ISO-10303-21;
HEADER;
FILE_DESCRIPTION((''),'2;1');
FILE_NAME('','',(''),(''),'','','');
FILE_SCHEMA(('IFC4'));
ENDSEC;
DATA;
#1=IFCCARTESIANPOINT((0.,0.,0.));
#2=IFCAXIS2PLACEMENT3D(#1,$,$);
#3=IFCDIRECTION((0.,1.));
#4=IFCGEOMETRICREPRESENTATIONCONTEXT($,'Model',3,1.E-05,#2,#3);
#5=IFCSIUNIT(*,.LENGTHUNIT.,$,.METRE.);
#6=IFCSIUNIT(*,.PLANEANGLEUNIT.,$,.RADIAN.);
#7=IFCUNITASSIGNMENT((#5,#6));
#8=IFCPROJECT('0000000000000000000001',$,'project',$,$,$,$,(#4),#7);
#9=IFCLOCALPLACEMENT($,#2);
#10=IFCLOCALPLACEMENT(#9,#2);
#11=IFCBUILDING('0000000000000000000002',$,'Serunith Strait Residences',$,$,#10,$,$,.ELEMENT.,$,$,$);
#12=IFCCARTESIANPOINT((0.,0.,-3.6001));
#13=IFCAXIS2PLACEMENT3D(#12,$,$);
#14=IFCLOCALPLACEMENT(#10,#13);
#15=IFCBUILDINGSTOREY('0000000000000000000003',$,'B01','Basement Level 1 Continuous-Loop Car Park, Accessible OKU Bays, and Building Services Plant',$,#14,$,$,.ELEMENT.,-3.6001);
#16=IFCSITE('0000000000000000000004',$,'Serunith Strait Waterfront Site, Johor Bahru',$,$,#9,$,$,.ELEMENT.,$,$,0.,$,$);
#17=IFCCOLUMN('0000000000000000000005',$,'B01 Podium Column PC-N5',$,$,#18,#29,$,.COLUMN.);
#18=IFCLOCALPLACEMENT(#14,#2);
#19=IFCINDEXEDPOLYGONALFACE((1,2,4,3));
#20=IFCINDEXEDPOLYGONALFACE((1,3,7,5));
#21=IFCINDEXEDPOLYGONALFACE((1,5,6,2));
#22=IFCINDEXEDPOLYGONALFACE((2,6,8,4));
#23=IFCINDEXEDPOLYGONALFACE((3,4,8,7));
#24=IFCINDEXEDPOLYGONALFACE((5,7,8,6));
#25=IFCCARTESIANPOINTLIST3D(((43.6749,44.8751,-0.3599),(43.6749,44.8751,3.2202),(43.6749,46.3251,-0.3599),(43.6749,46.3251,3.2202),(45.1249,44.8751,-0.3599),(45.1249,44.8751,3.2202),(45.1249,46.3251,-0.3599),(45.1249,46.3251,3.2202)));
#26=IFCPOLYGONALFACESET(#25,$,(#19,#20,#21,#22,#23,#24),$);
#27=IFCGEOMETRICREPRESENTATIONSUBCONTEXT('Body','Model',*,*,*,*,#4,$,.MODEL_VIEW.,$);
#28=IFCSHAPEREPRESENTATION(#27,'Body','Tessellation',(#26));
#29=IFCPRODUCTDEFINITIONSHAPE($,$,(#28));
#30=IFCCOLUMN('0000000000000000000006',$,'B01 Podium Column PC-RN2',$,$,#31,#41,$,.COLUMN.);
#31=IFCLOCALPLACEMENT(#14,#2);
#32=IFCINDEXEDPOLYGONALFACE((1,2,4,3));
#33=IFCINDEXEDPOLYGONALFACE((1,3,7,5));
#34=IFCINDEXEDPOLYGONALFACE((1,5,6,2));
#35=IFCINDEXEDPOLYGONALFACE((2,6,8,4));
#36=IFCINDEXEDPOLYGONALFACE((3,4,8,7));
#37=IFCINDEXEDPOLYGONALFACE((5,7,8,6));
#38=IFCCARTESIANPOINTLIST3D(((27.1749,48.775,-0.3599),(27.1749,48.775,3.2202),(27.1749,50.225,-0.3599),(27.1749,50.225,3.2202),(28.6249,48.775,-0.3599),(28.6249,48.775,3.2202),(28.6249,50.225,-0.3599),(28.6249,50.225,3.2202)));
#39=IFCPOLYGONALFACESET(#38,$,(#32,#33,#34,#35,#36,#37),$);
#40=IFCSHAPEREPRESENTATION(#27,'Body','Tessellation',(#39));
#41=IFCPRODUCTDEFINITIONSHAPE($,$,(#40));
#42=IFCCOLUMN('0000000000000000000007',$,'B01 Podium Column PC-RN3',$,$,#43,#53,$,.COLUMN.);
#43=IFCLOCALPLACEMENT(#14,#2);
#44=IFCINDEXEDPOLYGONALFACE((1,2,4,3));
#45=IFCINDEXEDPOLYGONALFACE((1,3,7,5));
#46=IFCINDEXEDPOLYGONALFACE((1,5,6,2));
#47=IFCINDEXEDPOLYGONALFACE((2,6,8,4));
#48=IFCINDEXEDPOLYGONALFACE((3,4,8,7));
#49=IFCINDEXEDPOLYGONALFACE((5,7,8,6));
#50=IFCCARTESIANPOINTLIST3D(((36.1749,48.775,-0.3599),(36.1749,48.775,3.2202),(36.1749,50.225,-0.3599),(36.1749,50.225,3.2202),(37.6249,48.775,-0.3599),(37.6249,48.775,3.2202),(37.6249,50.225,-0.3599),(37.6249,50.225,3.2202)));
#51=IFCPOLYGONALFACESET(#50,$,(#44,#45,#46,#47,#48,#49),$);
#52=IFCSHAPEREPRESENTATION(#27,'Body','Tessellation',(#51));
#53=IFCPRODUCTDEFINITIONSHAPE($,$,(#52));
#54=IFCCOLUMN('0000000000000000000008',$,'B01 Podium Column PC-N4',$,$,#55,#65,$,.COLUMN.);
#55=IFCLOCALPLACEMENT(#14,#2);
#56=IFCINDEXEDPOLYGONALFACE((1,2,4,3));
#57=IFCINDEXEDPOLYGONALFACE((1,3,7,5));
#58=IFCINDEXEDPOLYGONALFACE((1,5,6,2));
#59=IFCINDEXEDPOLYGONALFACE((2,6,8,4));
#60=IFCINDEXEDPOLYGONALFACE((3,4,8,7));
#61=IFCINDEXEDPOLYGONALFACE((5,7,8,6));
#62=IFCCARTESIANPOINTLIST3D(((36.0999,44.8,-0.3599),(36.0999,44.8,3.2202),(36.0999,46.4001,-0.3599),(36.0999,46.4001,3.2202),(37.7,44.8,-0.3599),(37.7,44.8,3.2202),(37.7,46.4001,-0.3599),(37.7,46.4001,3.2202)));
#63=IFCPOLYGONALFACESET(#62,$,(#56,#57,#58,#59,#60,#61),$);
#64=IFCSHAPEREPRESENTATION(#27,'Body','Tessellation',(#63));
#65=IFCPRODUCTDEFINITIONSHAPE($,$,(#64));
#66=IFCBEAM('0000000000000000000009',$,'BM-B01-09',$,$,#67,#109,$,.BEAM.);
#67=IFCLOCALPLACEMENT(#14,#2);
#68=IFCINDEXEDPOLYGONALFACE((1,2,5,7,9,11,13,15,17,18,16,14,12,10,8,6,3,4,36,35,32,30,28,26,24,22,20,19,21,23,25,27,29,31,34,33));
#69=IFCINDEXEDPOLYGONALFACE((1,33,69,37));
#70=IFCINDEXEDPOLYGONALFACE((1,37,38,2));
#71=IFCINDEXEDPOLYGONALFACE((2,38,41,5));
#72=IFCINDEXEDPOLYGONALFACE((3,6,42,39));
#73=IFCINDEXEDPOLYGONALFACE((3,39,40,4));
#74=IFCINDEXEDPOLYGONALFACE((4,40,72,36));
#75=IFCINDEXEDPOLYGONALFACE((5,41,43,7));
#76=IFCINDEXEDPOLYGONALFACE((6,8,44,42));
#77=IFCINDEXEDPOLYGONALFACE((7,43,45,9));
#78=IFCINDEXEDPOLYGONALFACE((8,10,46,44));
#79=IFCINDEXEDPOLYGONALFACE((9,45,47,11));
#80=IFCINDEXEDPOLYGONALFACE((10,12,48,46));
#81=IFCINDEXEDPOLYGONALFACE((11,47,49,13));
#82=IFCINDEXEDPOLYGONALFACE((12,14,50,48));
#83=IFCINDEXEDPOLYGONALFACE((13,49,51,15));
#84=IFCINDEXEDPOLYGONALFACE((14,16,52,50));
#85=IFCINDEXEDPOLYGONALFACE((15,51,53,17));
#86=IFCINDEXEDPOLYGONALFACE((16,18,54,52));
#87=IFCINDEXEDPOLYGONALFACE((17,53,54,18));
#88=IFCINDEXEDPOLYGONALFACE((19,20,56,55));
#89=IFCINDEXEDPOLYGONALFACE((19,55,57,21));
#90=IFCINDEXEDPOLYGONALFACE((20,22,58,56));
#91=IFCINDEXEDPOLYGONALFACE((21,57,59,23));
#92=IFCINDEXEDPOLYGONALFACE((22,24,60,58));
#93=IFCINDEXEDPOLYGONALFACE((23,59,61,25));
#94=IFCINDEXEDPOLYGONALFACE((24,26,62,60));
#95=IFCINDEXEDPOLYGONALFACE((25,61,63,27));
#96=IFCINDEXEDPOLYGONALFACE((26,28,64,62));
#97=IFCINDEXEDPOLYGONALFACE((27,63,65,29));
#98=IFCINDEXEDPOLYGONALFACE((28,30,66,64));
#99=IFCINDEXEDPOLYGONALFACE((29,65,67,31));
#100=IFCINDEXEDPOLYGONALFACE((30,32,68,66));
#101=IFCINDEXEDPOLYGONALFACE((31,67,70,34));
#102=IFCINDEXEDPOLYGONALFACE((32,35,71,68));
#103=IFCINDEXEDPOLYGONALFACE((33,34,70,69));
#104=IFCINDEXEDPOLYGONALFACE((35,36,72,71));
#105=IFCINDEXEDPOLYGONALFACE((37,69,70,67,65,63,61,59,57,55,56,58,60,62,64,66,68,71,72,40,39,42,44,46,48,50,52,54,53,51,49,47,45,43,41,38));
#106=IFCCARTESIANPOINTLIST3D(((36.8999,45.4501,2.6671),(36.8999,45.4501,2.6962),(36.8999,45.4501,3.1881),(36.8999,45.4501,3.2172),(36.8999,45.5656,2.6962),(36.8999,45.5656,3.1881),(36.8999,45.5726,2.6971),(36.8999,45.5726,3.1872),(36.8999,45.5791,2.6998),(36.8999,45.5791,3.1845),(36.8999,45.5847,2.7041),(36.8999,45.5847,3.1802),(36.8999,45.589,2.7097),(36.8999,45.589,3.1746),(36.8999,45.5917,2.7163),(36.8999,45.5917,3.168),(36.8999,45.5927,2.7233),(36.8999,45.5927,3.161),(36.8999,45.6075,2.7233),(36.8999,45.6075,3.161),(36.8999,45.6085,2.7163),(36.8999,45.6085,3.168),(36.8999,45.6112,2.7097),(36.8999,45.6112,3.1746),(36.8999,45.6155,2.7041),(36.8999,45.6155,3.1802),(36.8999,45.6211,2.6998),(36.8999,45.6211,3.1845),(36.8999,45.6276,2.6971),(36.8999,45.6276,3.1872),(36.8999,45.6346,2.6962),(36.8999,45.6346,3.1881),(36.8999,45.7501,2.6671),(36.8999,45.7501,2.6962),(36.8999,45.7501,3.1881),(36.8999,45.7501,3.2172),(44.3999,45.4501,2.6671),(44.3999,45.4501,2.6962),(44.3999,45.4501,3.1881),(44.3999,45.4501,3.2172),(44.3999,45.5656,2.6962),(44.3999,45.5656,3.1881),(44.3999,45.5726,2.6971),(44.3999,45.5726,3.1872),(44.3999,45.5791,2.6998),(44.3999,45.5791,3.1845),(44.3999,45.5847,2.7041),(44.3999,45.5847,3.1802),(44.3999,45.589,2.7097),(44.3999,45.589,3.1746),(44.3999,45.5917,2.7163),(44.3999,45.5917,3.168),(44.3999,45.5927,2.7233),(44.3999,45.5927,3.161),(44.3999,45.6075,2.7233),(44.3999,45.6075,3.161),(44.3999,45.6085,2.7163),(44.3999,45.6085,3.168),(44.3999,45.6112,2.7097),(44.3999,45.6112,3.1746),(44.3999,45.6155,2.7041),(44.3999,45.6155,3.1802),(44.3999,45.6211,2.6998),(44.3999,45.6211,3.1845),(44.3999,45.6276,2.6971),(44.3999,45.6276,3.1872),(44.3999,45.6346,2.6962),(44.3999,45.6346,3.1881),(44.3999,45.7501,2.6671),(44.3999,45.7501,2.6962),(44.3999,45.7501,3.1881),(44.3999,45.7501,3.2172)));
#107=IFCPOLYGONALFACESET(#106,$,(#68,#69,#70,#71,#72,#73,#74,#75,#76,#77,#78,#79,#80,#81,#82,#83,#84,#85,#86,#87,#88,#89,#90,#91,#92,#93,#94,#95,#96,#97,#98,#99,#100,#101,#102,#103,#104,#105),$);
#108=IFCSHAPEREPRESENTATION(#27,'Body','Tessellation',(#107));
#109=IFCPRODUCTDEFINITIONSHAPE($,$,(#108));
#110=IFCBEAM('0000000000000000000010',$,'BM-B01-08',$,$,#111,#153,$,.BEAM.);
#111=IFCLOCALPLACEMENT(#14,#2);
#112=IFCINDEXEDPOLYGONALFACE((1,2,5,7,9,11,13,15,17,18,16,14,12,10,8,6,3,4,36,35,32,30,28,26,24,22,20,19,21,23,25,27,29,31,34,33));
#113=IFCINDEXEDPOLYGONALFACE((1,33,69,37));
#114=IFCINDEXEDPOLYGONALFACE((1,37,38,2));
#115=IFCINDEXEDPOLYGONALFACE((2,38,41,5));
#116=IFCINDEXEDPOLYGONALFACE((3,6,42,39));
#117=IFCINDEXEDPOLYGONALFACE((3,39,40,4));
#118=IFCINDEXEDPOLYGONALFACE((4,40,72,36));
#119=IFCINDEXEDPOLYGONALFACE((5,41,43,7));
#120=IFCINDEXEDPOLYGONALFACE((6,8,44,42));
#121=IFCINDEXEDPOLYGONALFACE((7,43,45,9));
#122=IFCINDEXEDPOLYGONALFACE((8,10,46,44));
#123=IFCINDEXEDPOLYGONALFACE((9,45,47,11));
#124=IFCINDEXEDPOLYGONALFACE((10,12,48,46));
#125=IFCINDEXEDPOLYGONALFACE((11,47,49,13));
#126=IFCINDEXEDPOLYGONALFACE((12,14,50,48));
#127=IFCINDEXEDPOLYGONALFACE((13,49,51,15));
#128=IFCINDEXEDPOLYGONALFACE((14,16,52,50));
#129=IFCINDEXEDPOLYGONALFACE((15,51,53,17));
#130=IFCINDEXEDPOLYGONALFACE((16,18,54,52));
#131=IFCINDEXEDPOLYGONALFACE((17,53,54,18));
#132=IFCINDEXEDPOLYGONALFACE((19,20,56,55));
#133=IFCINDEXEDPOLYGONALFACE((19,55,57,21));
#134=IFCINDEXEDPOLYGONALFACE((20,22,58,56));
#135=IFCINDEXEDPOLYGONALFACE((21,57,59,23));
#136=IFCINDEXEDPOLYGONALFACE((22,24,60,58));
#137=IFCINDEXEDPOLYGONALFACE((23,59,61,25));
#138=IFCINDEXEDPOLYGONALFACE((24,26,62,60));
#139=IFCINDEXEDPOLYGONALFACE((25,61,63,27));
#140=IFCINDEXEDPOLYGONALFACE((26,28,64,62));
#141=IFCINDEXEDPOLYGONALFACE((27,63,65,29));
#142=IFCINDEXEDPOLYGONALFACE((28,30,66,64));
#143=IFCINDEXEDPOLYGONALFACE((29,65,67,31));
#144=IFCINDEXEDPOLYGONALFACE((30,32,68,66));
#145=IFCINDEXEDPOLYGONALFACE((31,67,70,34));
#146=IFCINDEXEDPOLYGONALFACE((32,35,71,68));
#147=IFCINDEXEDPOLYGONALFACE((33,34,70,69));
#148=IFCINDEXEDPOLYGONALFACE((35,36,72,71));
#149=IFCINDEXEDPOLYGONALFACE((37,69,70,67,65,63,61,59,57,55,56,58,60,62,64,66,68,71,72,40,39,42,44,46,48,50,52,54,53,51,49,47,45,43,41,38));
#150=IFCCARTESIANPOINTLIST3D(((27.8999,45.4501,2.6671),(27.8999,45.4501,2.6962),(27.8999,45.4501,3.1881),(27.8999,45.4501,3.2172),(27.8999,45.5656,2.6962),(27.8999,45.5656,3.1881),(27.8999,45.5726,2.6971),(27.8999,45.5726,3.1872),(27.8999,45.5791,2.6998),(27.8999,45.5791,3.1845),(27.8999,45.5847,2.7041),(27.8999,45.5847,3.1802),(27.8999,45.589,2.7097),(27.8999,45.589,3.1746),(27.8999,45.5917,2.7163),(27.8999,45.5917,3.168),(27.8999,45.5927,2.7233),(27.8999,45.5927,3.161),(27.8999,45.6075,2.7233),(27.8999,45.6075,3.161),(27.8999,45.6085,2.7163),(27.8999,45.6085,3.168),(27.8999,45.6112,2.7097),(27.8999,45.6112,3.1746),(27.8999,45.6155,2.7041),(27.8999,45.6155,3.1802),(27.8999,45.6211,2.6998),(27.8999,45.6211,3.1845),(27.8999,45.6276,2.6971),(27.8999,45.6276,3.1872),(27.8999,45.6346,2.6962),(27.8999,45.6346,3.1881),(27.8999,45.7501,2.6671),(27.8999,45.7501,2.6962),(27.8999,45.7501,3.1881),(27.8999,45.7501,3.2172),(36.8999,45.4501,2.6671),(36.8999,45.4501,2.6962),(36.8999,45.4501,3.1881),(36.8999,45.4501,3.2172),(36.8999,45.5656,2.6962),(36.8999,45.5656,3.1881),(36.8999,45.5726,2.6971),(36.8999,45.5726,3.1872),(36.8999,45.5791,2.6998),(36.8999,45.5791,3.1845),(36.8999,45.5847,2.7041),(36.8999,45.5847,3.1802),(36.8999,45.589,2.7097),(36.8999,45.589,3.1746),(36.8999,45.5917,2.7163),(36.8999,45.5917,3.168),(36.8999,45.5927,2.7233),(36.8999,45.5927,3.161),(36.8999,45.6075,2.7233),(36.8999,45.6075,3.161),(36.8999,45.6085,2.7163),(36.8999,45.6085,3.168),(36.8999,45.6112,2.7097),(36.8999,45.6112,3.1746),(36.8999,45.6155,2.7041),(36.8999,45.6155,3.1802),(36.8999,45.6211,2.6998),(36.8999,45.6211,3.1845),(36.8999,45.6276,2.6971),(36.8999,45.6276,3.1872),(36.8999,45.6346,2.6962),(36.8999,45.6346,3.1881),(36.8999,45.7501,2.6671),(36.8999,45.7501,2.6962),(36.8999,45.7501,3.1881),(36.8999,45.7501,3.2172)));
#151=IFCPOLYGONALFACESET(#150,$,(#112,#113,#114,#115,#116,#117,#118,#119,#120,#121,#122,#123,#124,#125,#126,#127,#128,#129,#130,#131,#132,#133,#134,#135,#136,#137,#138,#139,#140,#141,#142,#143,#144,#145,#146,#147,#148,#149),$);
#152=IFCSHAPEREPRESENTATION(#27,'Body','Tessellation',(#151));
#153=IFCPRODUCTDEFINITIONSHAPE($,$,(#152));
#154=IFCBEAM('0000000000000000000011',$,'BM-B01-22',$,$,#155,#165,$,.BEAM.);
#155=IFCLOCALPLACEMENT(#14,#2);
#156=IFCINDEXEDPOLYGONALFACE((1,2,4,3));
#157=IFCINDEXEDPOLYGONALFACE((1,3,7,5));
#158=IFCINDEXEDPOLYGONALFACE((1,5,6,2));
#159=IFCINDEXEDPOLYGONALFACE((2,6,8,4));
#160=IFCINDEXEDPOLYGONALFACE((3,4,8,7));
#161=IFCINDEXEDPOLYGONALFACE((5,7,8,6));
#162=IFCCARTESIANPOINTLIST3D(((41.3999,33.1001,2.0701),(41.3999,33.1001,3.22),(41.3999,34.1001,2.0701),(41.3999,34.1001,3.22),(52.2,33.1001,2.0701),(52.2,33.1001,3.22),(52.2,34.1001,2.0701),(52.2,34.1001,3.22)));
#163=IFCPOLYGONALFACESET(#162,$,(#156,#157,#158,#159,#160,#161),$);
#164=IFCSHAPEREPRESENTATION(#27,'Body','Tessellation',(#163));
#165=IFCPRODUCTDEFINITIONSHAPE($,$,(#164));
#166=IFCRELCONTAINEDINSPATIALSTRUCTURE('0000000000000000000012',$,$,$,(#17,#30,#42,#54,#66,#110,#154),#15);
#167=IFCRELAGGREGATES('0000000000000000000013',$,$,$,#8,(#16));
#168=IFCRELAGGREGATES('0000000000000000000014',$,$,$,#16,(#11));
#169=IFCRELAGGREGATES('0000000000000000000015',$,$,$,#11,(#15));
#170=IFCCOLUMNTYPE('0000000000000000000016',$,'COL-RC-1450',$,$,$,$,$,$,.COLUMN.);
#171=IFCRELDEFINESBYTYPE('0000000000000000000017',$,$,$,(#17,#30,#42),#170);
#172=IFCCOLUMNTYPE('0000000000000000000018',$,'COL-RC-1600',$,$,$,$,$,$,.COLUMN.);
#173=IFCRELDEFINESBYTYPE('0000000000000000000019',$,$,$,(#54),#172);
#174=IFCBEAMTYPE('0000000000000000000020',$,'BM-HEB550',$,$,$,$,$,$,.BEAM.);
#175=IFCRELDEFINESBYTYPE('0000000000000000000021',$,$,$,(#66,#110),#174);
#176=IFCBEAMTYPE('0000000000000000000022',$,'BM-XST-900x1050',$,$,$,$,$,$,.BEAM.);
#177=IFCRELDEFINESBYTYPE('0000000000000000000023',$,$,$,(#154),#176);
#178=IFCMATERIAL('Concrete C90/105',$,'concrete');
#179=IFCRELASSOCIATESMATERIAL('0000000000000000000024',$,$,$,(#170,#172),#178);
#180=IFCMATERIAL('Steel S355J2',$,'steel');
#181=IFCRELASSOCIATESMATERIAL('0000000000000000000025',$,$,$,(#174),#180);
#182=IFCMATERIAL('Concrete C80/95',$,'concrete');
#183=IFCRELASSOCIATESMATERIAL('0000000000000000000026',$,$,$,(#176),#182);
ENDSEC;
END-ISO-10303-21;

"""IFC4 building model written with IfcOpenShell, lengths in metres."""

from ifc_helpers import new_model, si_unit, direction, frame, origin, origin_2d, place, context, subcontext, project, spatial, rectangle, i_section, extrude, source, transform, mapped, material, material_profile, profile_set, type_object, element, save


model = new_model("IFC4")

# Units and contexts
model_context = context("Model", 3, precision=1e-05, world=origin(), true_north=direction((0.0, 1.0)))
body_context = subcontext(model_context, "Body", "Model", "MODEL_VIEW")
ifc_project = project(units=[si_unit("LENGTHUNIT", "METRE"), si_unit("PLANEANGLEUNIT", "RADIAN")], contexts=[model_context])

# Site, building, storey
site_placement = place(None, origin())
site = spatial("IfcSite", under=ifc_project, at=site_placement, Name="Serunith Strait Waterfront Site, Johor Bahru", CompositionType="ELEMENT", RefElevation=0.0)
building_placement = place(site_placement, origin())
building = spatial("IfcBuilding", under=site, at=building_placement, Name="Serunith Strait Residences", CompositionType="ELEMENT")
storey_placement = place(building_placement, frame((0.0, 0.0, -3.6001)))
storey = spatial("IfcBuildingStorey", under=building, at=storey_placement, Name="B01", Description="Basement Level 1 Continuous-Loop Car Park, Accessible OKU Bays, and Building Services Plant", CompositionType="ELEMENT", Elevation=-3.6001)

# Columns
ifc_material_1 = material(Name="Concrete C90/105", Category="concrete")
ifc_material_profile_1 = material_profile(ifc_material_1, rectangle(XDim=1.45, YDim=1.45, at=origin_2d()), Name="RC 1450x1450")
ifc_profile_set_1 = profile_set([ifc_material_profile_1], Name="Concrete C90/105")
column_type_1 = type_object("IfcColumnType", Name="COL-RC-1450", PredefinedType="COLUMN", material=ifc_profile_set_1)
shared_shape_1 = source(origin(), body_context, "Body", "SweptSolid", [
    extrude(rectangle(XDim=1.45, YDim=1.45, at=origin_2d()), origin(), (0.0, 0.0, 1.0), 3.5801),
])
for number, where, z_axis, x_axis, name in (
    (1, (44.3999, 45.6001, -0.3599), (0.0, 0.0, 1.0), (1.0, 0.0, 0.0), "B01 Podium Column PC-N5"),
    (2, (27.8999, 49.5, -0.3599), (0.0, 0.0, 1.0), (1.0, 0.0, 0.0), "B01 Podium Column PC-RN2"),
    (3, (36.8999, 49.5, -0.3599), (0.0, 0.0, 1.0), (1.0, 0.0, 0.0), "B01 Podium Column PC-RN3"),
):
    element("IfcColumn", number, at=place(storey_placement, frame(where, z_axis=z_axis, x_axis=x_axis)), inside=storey, type_object=column_type_1, Name=name, PredefinedType="COLUMN", context=body_context, shape_type="MappedRepresentation", body=[
        mapped(shared_shape_1, transform((0.0, 0.0, 0.0), scale=1.0)),
    ])
ifc_material_profile_2 = material_profile(ifc_material_1, rectangle(XDim=1.6001, YDim=1.6001, at=origin_2d()), Name="RC 1600x1600")
ifc_profile_set_2 = profile_set([ifc_material_profile_2], Name="Concrete C90/105")
column_type_2 = type_object("IfcColumnType", Name="COL-RC-1600", PredefinedType="COLUMN", material=ifc_profile_set_2)
shared_shape_2 = source(origin(), body_context, "Body", "SweptSolid", [
    extrude(rectangle(XDim=1.6001, YDim=1.6001, at=origin_2d()), origin(), (0.0, 0.0, 1.0), 3.5801),
])
column_placement = place(storey_placement, frame((36.8999, 45.6001, -0.3599), z_axis=(0.0, 0.0, 1.0), x_axis=(1.0, 0.0, 0.0)))
element("IfcColumn", 4, at=column_placement, inside=storey, type_object=column_type_2, Name="B01 Podium Column PC-N4", PredefinedType="COLUMN", context=body_context, shape_type="MappedRepresentation", body=[
    mapped(shared_shape_2, transform((0.0, 0.0, 0.0), scale=1.0)),
])

# Beams
ifc_material_2 = material(Name="Steel S355J2", Category="steel")
ifc_material_profile_3 = material_profile(ifc_material_2, i_section(OverallWidth=0.3, OverallDepth=0.55, WebThickness=0.0149, FlangeThickness=0.0291, FilletRadius=0.0271, at=origin_2d()), Name="HEB 550")
ifc_profile_set_3 = profile_set([ifc_material_profile_3], Name="Steel S355J2")
beam_type_1 = type_object("IfcBeamType", Name="BM-HEB550", PredefinedType="BEAM", material=ifc_profile_set_3)
shared_shape_3 = source(origin(), body_context, "Body", "SweptSolid", [
    extrude(i_section(OverallWidth=0.3, OverallDepth=0.55, WebThickness=0.0149, FlangeThickness=0.0291, FilletRadius=0.0271, at=origin_2d()), origin(), (0.0, 0.0, 1.0), 7.5),
])
beam_1_placement = place(storey_placement, frame((36.8999, 45.6001, 2.9421), z_axis=(1.0, 0.0, 0.0), x_axis=(0.0, 1.0, 0.0)))
element("IfcBeam", 5, at=beam_1_placement, inside=storey, type_object=beam_type_1, Name="BM-B01-09", PredefinedType="BEAM", context=body_context, shape_type="MappedRepresentation", body=[
    mapped(shared_shape_3, transform((0.0, 0.0, 0.0), scale=1.0)),
])
shared_shape_4 = source(origin(), body_context, "Body", "SweptSolid", [
    extrude(i_section(OverallWidth=0.3, OverallDepth=0.55, WebThickness=0.0149, FlangeThickness=0.0291, FilletRadius=0.0271, at=origin_2d()), origin(), (0.0, 0.0, 1.0), 9.0),
])
beam_2_placement = place(storey_placement, frame((27.8999, 45.6001, 2.9421), z_axis=(1.0, 0.0, 0.0), x_axis=(0.0, 1.0, 0.0)))
element("IfcBeam", 6, at=beam_2_placement, inside=storey, type_object=beam_type_1, Name="BM-B01-08", PredefinedType="BEAM", context=body_context, shape_type="MappedRepresentation", body=[
    mapped(shared_shape_4, transform((0.0, 0.0, 0.0), scale=1.0)),
])
ifc_material_3 = material(Name="Concrete C80/95", Category="concrete")
ifc_material_profile_4 = material_profile(ifc_material_3, rectangle(XDim=1.0, YDim=1.1499, at=origin_2d()), Name="RC 1000x1150")
ifc_profile_set_4 = profile_set([ifc_material_profile_4], Name="Concrete C80/95")
beam_type_2 = type_object("IfcBeamType", Name="BM-XST-900x1050", PredefinedType="BEAM", material=ifc_profile_set_4)
shared_shape_5 = source(origin(), body_context, "Body", "SweptSolid", [
    extrude(rectangle(XDim=1.0, YDim=1.1499, at=origin_2d()), origin(), (0.0, 0.0, 1.0), 10.8),
])
beam_3_placement = place(storey_placement, frame((41.3999, 33.6001, 2.645), z_axis=(1.0, 0.0, 0.0), x_axis=(0.0, 1.0, 0.0)))
element("IfcBeam", 7, at=beam_3_placement, inside=storey, type_object=beam_type_2, Name="BM-B01-22", PredefinedType="BEAM", context=body_context, shape_type="MappedRepresentation", body=[
    mapped(shared_shape_5, transform((0.0, 0.0, 0.0), scale=1.0)),
])

save(model, "model.ifc")
